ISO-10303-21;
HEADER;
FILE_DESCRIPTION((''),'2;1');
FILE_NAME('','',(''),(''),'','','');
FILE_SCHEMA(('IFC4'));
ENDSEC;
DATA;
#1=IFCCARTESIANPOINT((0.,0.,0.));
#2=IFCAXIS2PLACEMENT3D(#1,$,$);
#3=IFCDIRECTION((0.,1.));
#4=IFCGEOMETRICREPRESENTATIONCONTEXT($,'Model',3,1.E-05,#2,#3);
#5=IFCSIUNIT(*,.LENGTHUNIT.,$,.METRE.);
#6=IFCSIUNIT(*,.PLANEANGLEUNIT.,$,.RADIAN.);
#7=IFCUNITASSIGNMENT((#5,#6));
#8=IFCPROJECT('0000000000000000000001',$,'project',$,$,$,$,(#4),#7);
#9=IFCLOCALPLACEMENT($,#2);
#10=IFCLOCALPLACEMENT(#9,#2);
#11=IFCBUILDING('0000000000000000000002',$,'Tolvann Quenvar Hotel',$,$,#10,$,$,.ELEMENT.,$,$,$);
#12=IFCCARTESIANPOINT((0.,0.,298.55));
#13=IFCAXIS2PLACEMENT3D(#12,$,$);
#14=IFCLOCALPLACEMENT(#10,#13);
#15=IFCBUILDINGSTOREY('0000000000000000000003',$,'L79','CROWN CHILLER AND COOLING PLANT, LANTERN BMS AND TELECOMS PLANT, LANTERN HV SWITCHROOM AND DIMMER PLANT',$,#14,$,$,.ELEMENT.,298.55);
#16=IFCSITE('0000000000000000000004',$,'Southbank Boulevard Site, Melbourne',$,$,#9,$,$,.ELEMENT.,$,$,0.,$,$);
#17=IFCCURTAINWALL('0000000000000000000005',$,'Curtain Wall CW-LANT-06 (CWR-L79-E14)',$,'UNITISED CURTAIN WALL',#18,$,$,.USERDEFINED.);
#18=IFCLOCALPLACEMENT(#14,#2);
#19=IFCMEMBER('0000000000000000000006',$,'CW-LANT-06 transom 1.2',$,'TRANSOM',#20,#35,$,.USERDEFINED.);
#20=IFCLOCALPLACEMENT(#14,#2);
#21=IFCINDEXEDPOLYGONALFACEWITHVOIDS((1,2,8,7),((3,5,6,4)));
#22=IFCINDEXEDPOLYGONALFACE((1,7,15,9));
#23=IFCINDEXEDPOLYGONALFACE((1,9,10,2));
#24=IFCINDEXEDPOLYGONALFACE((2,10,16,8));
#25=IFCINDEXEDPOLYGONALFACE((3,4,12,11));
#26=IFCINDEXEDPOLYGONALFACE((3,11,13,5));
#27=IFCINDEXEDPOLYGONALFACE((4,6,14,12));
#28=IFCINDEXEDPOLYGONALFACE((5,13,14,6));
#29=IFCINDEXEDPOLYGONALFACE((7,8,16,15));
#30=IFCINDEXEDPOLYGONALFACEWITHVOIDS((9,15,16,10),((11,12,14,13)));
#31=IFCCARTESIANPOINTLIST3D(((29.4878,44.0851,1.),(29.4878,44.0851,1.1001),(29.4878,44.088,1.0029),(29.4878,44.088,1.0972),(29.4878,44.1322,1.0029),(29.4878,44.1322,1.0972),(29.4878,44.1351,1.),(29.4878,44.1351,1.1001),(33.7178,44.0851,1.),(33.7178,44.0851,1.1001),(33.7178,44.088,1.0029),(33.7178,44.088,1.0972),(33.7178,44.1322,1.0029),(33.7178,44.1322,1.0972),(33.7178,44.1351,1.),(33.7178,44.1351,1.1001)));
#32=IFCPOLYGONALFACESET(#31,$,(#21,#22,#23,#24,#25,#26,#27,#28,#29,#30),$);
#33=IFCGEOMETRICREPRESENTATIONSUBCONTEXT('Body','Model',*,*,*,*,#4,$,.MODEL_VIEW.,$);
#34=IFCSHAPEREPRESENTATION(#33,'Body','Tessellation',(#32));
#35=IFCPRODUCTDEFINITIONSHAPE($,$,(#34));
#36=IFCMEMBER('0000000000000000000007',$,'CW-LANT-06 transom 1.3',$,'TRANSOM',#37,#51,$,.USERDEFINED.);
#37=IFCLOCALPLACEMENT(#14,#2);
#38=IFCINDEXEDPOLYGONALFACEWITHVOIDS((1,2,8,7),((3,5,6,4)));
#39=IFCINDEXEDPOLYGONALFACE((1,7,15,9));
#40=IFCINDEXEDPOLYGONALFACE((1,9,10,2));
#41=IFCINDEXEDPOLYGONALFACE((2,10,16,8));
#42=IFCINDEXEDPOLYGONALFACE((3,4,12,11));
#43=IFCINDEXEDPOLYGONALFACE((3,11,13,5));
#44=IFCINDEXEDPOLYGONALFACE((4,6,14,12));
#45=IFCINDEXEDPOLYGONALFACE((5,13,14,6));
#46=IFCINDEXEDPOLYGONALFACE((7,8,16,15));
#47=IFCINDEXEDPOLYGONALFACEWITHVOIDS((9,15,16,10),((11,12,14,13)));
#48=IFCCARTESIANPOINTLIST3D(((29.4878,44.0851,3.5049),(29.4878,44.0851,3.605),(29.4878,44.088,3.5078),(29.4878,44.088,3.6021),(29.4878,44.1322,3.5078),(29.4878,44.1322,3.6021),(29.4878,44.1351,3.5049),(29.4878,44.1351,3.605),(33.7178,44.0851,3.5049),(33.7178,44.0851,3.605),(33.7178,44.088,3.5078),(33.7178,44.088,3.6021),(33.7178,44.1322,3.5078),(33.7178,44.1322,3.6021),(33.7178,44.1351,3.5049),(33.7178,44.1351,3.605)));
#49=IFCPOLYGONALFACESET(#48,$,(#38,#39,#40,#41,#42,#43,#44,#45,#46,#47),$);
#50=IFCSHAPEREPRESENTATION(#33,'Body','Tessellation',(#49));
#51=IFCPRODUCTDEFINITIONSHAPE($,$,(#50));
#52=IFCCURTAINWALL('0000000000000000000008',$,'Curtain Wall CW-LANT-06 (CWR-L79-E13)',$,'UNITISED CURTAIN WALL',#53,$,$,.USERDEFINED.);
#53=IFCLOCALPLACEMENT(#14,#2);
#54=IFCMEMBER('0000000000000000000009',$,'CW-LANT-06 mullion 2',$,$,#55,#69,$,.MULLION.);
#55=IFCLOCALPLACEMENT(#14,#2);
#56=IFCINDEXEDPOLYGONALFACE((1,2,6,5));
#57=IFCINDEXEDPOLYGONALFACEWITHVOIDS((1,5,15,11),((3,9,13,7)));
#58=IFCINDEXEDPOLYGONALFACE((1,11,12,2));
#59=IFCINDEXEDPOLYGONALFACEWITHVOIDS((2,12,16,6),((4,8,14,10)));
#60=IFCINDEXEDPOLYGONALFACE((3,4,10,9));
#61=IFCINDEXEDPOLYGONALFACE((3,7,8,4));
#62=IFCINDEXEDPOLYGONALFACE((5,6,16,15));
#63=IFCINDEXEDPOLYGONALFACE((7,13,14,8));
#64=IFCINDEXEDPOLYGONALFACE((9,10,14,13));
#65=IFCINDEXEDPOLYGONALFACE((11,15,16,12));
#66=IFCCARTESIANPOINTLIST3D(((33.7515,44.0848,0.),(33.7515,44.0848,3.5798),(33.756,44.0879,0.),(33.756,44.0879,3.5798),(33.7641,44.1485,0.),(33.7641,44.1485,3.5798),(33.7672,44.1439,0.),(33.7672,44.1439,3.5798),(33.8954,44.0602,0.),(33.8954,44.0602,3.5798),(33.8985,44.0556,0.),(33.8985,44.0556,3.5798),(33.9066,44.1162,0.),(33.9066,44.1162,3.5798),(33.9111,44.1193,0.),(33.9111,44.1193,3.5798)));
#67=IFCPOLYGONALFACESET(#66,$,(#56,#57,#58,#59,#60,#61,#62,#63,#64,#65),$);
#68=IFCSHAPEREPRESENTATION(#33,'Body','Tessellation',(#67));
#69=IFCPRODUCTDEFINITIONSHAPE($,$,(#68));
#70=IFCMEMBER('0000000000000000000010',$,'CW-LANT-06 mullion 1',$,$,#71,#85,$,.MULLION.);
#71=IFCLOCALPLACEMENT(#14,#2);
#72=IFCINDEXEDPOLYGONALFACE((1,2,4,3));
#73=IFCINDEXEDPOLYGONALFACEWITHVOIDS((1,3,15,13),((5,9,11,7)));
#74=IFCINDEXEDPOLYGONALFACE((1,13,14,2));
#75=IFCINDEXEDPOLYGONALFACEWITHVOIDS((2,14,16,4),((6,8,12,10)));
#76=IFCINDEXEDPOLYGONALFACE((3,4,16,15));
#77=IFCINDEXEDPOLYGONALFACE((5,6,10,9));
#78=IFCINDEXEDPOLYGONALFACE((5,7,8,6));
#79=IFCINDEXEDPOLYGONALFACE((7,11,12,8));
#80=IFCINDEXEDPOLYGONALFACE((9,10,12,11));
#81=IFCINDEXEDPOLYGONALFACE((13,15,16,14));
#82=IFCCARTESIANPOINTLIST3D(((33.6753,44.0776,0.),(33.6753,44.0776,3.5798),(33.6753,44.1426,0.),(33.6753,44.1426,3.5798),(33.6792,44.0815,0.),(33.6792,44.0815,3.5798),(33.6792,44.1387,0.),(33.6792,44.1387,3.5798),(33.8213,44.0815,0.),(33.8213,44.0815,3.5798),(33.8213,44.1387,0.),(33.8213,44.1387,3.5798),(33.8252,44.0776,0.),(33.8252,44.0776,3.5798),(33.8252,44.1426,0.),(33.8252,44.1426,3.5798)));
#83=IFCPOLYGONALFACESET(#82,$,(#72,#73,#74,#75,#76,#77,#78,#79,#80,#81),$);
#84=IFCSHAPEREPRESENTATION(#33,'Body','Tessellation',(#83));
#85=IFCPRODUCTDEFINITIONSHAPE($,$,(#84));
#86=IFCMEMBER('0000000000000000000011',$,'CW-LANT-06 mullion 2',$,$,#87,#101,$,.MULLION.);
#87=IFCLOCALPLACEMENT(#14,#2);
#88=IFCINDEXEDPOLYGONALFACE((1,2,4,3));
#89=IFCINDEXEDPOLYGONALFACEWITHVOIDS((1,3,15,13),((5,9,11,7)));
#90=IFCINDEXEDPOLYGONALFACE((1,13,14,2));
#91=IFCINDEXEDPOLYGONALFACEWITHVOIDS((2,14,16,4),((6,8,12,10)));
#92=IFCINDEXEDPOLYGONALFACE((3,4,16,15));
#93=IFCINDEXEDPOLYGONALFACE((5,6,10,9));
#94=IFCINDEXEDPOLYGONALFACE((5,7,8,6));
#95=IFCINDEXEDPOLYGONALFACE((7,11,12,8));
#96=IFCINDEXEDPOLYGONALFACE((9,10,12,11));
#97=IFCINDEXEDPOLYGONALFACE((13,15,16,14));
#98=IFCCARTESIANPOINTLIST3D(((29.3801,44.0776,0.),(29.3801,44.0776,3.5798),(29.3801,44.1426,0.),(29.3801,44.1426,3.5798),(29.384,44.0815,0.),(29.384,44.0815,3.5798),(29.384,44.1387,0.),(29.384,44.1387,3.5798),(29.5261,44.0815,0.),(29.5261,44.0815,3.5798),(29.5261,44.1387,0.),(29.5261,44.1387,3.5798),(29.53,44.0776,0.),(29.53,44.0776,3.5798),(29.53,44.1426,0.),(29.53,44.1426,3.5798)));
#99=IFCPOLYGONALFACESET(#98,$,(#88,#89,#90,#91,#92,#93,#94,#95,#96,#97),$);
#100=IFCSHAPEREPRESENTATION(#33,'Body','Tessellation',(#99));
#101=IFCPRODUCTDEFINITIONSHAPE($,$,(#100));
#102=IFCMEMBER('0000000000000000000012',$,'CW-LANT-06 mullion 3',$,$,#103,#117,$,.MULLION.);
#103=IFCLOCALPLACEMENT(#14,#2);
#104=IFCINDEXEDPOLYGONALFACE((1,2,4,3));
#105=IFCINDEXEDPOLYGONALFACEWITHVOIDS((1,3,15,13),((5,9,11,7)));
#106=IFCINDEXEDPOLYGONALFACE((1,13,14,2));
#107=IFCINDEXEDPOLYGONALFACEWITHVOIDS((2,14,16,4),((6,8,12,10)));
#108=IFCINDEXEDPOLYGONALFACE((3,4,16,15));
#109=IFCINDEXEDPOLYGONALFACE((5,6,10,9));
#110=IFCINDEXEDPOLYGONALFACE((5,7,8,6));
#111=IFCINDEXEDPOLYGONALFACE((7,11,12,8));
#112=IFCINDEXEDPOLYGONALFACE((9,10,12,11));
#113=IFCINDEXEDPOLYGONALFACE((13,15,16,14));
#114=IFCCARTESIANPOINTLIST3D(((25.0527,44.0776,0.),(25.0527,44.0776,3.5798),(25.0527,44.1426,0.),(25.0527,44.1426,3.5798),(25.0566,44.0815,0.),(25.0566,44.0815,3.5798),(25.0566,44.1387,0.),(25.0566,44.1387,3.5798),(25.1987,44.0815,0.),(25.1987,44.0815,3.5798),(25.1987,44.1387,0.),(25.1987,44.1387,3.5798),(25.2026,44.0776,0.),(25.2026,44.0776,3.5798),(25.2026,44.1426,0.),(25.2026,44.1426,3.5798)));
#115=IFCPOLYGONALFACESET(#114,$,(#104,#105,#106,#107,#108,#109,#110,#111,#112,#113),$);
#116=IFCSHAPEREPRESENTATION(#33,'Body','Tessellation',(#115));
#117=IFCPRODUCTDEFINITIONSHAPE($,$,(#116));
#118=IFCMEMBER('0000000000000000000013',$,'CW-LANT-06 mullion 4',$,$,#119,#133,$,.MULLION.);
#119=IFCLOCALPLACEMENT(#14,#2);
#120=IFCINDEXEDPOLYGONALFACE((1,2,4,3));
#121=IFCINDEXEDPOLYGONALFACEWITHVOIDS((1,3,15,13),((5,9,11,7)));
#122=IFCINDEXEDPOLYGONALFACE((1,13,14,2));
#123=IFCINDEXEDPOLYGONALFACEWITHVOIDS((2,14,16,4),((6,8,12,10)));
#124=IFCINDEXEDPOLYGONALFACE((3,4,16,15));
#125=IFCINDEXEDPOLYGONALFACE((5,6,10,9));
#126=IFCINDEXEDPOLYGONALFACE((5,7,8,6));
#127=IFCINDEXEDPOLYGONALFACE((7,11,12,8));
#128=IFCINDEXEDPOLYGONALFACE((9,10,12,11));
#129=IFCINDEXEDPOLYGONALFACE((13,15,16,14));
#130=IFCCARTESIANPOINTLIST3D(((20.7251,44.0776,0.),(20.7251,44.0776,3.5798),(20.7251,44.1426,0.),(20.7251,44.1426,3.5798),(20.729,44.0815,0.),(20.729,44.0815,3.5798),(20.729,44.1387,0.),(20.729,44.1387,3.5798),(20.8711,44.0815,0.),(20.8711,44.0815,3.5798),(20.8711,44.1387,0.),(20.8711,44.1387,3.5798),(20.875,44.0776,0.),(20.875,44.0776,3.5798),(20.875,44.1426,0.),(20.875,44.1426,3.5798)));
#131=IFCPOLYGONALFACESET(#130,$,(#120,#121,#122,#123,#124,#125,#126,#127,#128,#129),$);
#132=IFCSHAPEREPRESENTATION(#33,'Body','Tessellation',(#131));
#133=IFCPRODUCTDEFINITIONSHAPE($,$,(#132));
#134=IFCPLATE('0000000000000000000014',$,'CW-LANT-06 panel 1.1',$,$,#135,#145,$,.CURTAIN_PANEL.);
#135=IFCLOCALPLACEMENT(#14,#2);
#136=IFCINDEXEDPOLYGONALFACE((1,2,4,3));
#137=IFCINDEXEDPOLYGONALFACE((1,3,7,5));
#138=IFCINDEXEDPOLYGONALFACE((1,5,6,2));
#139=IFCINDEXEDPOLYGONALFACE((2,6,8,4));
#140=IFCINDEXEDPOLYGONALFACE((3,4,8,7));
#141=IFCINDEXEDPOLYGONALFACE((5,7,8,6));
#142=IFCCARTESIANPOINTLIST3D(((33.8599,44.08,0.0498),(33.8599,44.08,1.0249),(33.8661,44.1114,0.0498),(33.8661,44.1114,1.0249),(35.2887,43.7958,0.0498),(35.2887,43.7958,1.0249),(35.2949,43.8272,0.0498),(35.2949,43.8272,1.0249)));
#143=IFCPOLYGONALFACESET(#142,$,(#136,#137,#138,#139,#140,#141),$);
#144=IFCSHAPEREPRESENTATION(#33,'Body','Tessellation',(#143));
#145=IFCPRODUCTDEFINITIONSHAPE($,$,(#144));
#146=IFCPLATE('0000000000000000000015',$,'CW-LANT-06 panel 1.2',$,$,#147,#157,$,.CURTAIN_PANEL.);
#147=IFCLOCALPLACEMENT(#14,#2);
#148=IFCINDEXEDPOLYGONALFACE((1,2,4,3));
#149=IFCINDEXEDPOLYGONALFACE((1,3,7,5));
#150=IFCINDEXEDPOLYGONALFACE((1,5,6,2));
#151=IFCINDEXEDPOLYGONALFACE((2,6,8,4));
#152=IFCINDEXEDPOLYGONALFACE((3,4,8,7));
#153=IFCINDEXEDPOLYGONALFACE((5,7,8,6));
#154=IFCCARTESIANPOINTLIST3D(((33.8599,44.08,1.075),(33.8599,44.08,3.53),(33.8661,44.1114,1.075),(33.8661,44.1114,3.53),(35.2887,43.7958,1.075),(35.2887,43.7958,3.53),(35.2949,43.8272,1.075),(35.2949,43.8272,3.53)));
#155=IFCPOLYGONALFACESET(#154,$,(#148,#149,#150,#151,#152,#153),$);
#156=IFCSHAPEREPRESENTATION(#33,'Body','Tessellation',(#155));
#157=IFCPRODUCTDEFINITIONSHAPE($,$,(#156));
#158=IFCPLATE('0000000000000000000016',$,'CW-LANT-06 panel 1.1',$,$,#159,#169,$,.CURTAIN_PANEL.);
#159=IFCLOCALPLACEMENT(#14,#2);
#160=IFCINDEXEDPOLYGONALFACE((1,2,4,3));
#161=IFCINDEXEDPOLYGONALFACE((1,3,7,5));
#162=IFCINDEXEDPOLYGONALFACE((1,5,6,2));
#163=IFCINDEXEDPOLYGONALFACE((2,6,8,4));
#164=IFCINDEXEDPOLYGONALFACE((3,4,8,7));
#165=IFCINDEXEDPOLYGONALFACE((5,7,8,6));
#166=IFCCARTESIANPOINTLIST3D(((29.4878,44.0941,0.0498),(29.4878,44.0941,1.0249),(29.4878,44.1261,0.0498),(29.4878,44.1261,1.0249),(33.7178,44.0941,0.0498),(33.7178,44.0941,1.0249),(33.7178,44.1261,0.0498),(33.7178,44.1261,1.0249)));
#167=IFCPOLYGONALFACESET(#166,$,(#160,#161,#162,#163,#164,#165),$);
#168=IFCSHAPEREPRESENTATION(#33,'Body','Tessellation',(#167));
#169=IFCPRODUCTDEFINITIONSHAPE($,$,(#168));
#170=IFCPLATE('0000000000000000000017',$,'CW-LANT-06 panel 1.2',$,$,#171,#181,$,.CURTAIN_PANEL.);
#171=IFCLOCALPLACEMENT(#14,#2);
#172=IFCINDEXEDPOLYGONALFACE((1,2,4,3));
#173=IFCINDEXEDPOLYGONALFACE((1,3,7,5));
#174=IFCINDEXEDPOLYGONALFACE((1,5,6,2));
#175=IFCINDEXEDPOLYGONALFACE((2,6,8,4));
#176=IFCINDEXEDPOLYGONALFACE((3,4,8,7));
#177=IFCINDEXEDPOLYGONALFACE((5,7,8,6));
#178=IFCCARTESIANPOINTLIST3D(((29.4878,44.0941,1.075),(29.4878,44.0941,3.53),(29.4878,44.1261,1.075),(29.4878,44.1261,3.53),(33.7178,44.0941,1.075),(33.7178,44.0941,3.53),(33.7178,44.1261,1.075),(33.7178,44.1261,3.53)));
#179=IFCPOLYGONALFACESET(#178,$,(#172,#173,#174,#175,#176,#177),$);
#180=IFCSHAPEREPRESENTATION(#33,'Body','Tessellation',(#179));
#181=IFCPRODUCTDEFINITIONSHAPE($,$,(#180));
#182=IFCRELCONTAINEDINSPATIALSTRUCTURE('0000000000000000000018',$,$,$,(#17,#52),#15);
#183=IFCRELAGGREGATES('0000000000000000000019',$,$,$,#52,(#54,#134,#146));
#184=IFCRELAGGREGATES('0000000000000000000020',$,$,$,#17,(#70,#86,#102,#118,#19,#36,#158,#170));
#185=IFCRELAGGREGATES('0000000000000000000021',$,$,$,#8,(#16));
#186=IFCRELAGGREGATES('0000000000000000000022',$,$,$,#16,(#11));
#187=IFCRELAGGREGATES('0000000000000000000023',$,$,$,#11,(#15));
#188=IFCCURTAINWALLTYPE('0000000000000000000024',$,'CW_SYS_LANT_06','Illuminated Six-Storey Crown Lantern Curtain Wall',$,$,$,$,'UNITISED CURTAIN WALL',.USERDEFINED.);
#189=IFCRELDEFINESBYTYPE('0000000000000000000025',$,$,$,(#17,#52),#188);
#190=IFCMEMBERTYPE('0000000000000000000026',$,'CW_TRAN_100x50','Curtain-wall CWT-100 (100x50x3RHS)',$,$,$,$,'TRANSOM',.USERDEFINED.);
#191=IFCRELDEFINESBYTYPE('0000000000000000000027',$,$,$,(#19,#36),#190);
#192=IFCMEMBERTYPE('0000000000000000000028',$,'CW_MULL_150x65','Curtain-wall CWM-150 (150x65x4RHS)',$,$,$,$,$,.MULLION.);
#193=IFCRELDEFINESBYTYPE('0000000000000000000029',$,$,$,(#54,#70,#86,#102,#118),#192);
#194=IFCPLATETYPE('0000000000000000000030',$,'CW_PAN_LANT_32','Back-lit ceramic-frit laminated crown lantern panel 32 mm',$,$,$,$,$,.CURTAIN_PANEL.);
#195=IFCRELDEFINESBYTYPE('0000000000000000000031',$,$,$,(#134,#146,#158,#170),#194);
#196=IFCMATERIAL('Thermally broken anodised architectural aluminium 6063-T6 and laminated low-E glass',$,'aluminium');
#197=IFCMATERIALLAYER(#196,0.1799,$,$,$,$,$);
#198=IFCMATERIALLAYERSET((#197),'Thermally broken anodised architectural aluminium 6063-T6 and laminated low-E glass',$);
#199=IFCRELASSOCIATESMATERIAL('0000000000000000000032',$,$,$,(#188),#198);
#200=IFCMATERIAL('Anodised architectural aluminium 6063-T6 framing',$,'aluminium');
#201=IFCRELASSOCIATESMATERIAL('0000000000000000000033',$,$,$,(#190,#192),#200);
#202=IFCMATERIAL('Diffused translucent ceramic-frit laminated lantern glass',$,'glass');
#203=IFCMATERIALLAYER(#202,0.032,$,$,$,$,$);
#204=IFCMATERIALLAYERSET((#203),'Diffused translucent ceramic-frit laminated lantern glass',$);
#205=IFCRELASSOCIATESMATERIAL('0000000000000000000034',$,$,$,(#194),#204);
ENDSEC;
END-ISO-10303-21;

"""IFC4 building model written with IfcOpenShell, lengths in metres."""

from ifc_helpers import new_model, si_unit, direction, frame, origin, origin_2d, place, context, subcontext, project, spatial, rectangle, hollow_rectangle, extrude, source, transform, mapped, material, layer, layer_set, material_profile, profile_set, type_object, type_shapes, element, aggregate, save


model = new_model("IFC4")

# Units and contexts
model_context = context("Model", 3, precision=1e-05, world=origin(), true_north=direction((0.0, 1.0)))
body_context = subcontext(model_context, "Body", "Model", "MODEL_VIEW")
ifc_project = project(units=[si_unit("LENGTHUNIT", "METRE"), si_unit("PLANEANGLEUNIT", "RADIAN")], contexts=[model_context])

# Site, building, storey
site_placement = place(None, origin())
site = spatial("IfcSite", under=ifc_project, at=site_placement, Name="Southbank Boulevard Site, Melbourne", CompositionType="ELEMENT", RefElevation=0.0)
building_placement = place(site_placement, origin())
building = spatial("IfcBuilding", under=site, at=building_placement, Name="Tolvann Quenvar Hotel", CompositionType="ELEMENT")
storey_placement = place(building_placement, frame((0.0, 0.0, 298.55)))
storey = spatial("IfcBuildingStorey", under=building, at=storey_placement, Name="L79", Description="CROWN CHILLER AND COOLING PLANT, LANTERN BMS AND TELECOMS PLANT, LANTERN HV SWITCHROOM AND DIMMER PLANT", CompositionType="ELEMENT", Elevation=298.55)

# Curtain wall, members
ifc_material_1 = material(Name="Thermally broken anodised architectural aluminium 6063-T6 and laminated low-E glass", Category="aluminium")
ifc_layer_1 = layer(ifc_material_1, 0.1799)
ifc_layer_set_1 = layer_set([ifc_layer_1], Name="Thermally broken anodised architectural aluminium 6063-T6 and laminated low-E glass")
curtain_wall_type = type_object("IfcCurtainWallType", Name="CW_SYS_LANT_06", Description="Illuminated Six-Storey Crown Lantern Curtain Wall", ElementType="UNITISED CURTAIN WALL", PredefinedType="USERDEFINED", material=ifc_layer_set_1)
curtain_wall_1_placement = place(storey_placement, origin())
curtain_wall_1 = element("IfcCurtainWall", 1, at=curtain_wall_1_placement, inside=storey, type_object=curtain_wall_type, Name="Curtain Wall CW-LANT-06 (CWR-L79-E14)", ObjectType="UNITISED CURTAIN WALL", PredefinedType="USERDEFINED")
ifc_material_2 = material(Name="Anodised architectural aluminium 6063-T6 framing", Category="aluminium")
ifc_material_profile_1 = material_profile(ifc_material_2, hollow_rectangle(XDim=0.05, YDim=0.1001, WallThickness=0.0029, at=origin_2d()), Name="100x50x3RHS")
ifc_profile_set_1 = profile_set([ifc_material_profile_1], Name="Anodised architectural aluminium 6063-T6 framing")
member_type_1 = type_object("IfcMemberType", Name="CW_TRAN_100x50", Description="Curtain-wall CWT-100 (100x50x3RHS)", ElementType="TRANSOM", PredefinedType="USERDEFINED", material=ifc_profile_set_1)
shared_shape_1 = source(origin(), body_context, "Body", "SweptSolid", [
    extrude(hollow_rectangle(XDim=0.05, YDim=0.1001, WallThickness=0.0029, at=origin_2d()), origin(), (0.0, 0.0, 1.0), 4.23),
])
member_1_placement = place(storey_placement, frame((33.7178, 44.1101, 1.05), z_axis=(-1.0, 0.0, 0.0), x_axis=(0.0, -1.0, 0.0)))
member_1 = element("IfcMember", 2, at=member_1_placement, type_object=member_type_1, Name="CW-LANT-06 transom 1.2", ObjectType="TRANSOM", PredefinedType="USERDEFINED", context=body_context, shape_type="MappedRepresentation", body=[
    mapped(shared_shape_1, transform((0.0, 0.0, 0.0), x_axis=(1.0, 0.0, 0.0), y_axis=(0.0, 1.0, 0.0), z_axis=(0.0, 0.0, 1.0), scale=1.0)),
])
member_2_placement = place(storey_placement, frame((33.7178, 44.1101, 3.5549), z_axis=(-1.0, 0.0, 0.0), x_axis=(0.0, -1.0, 0.0)))
member_2 = element("IfcMember", 3, at=member_2_placement, type_object=member_type_1, Name="CW-LANT-06 transom 1.3", ObjectType="TRANSOM", PredefinedType="USERDEFINED", context=body_context, shape_type="MappedRepresentation", body=[
    mapped(shared_shape_1, transform((0.0, 0.0, 0.0), x_axis=(1.0, 0.0, 0.0), y_axis=(0.0, 1.0, 0.0), z_axis=(0.0, 0.0, 1.0), scale=1.0)),
])

# Curtain wall, member
curtain_wall_2_placement = place(storey_placement, origin())
curtain_wall_2 = element("IfcCurtainWall", 4, at=curtain_wall_2_placement, inside=storey, type_object=curtain_wall_type, Name="Curtain Wall CW-LANT-06 (CWR-L79-E13)", ObjectType="UNITISED CURTAIN WALL", PredefinedType="USERDEFINED")
ifc_material_profile_2 = material_profile(ifc_material_2, hollow_rectangle(XDim=0.0649, YDim=0.1499, WallThickness=0.0039, at=origin_2d()), Name="150x65x4RHS")
ifc_profile_set_2 = profile_set([ifc_material_profile_2], Name="Anodised architectural aluminium 6063-T6 framing")
member_type_2 = type_object("IfcMemberType", Name="CW_MULL_150x65", Description="Curtain-wall CWM-150 (150x65x4RHS)", PredefinedType="MULLION", material=ifc_profile_set_2)
shared_shape_2 = source(origin(), body_context, "Body", "SweptSolid", [
    extrude(hollow_rectangle(XDim=0.0649, YDim=0.1499, WallThickness=0.0039, at=origin_2d()), origin(), (0.0, 0.0, 1.0), 3.5798),
])
type_shapes(member_type_2, [shared_shape_2])
member_3_placement = place(storey_placement, frame((33.8313, 44.1021, 0.0), z_axis=(0.0, 0.0, 1.0), x_axis=(-0.195062, -0.980791, 0.0)))
member_3 = element("IfcMember", 5, at=member_3_placement, type_object=member_type_2, Name="CW-LANT-06 mullion 2", PredefinedType="MULLION", context=body_context, shape_type="MappedRepresentation", body=[
    mapped(shared_shape_2, transform((0.0, 0.0, 0.0), x_axis=(1.0, 0.0, 0.0), y_axis=(0.0, 1.0, 0.0), z_axis=(0.0, 0.0, 1.0), scale=1.0)),
])

# Members
member_4_placement = place(storey_placement, frame((33.7502, 44.1101, 0.0), z_axis=(0.0, 0.0, 1.0), x_axis=(0.0, -1.0, 0.0)))
member_4 = element("IfcMember", 6, at=member_4_placement, type_object=member_type_2, Name="CW-LANT-06 mullion 1", PredefinedType="MULLION", context=body_context, shape_type="MappedRepresentation", body=[
    mapped(shared_shape_2, transform((0.0, 0.0, 0.0), x_axis=(1.0, 0.0, 0.0), y_axis=(0.0, 1.0, 0.0), z_axis=(0.0, 0.0, 1.0), scale=1.0)),
])
member_5_placement = place(storey_placement, frame((29.4551, 44.1101, 0.0), z_axis=(0.0, 0.0, 1.0), x_axis=(0.0, -1.0, 0.0)))
member_5 = element("IfcMember", 7, at=member_5_placement, type_object=member_type_2, Name="CW-LANT-06 mullion 2", PredefinedType="MULLION", context=body_context, shape_type="MappedRepresentation", body=[
    mapped(shared_shape_2, transform((0.0, 0.0, 0.0), x_axis=(1.0, 0.0, 0.0), y_axis=(0.0, 1.0, 0.0), z_axis=(0.0, 0.0, 1.0), scale=1.0)),
])
member_6_placement = place(storey_placement, frame((25.1277, 44.1101, 0.0), z_axis=(0.0, 0.0, 1.0), x_axis=(0.0, -1.0, 0.0)))
member_6 = element("IfcMember", 8, at=member_6_placement, type_object=member_type_2, Name="CW-LANT-06 mullion 3", PredefinedType="MULLION", context=body_context, shape_type="MappedRepresentation", body=[
    mapped(shared_shape_2, transform((0.0, 0.0, 0.0), x_axis=(1.0, 0.0, 0.0), y_axis=(0.0, 1.0, 0.0), z_axis=(0.0, 0.0, 1.0), scale=1.0)),
])
member_7_placement = place(storey_placement, frame((20.8, 44.1101, 0.0), z_axis=(0.0, 0.0, 1.0), x_axis=(0.0, -1.0, 0.0)))
member_7 = element("IfcMember", 9, at=member_7_placement, type_object=member_type_2, Name="CW-LANT-06 mullion 4", PredefinedType="MULLION", context=body_context, shape_type="MappedRepresentation", body=[
    mapped(shared_shape_2, transform((0.0, 0.0, 0.0), x_axis=(1.0, 0.0, 0.0), y_axis=(0.0, 1.0, 0.0), z_axis=(0.0, 0.0, 1.0), scale=1.0)),
])

# Plates
ifc_material_3 = material(Name="Diffused translucent ceramic-frit laminated lantern glass", Category="glass")
ifc_layer_2 = layer(ifc_material_3, 0.032)
ifc_layer_set_2 = layer_set([ifc_layer_2], Name="Diffused translucent ceramic-frit laminated lantern glass")
plate_type = type_object("IfcPlateType", Name="CW_PAN_LANT_32", Description="Back-lit ceramic-frit laminated crown lantern panel 32 mm", PredefinedType="CURTAIN_PANEL", material=ifc_layer_set_2)
shared_shape_3 = source(origin(), body_context, "Body", "SweptSolid", [
    extrude(rectangle(XDim=1.4568, YDim=0.032, at=origin_2d()), origin(), (0.0, 0.0, 1.0), 0.9751),
])
plate_1_placement = place(storey_placement, frame((34.5774, 43.9536, 0.0498), z_axis=(0.0, 0.0, 1.0), x_axis=(-0.980791, 0.195062, 0.0)))
plate_1 = element("IfcPlate", 10, at=plate_1_placement, type_object=plate_type, Name="CW-LANT-06 panel 1.1", PredefinedType="CURTAIN_PANEL", context=body_context, shape_type="MappedRepresentation", body=[
    mapped(shared_shape_3, transform((0.0, 0.0, 0.0), x_axis=(1.0, 0.0, 0.0), y_axis=(0.0, 1.0, 0.0), z_axis=(0.0, 0.0, 1.0), scale=1.0)),
])
shared_shape_4 = source(origin(), body_context, "Body", "SweptSolid", [
    extrude(rectangle(XDim=1.4568, YDim=0.032, at=origin_2d()), origin(), (0.0, 0.0, 1.0), 2.4551),
])
plate_2_placement = place(storey_placement, frame((34.5774, 43.9536, 1.075), z_axis=(0.0, 0.0, 1.0), x_axis=(-0.980791, 0.195062, 0.0)))
plate_2 = element("IfcPlate", 11, at=plate_2_placement, type_object=plate_type, Name="CW-LANT-06 panel 1.2", PredefinedType="CURTAIN_PANEL", context=body_context, shape_type="MappedRepresentation", body=[
    mapped(shared_shape_4, transform((0.0, 0.0, 0.0), x_axis=(1.0, 0.0, 0.0), y_axis=(0.0, 1.0, 0.0), z_axis=(0.0, 0.0, 1.0), scale=1.0)),
])
aggregate(curtain_wall_2, [member_3, plate_1, plate_2])
shared_shape_5 = source(origin(), body_context, "Body", "SweptSolid", [
    extrude(rectangle(XDim=4.23, YDim=0.032, at=origin_2d()), origin(), (0.0, 0.0, 1.0), 0.9751),
])
plate_3_placement = place(storey_placement, frame((31.6028, 44.1101, 0.0498), z_axis=(0.0, 0.0, 1.0), x_axis=(-1.0, 0.0, 0.0)))
plate_3 = element("IfcPlate", 12, at=plate_3_placement, type_object=plate_type, Name="CW-LANT-06 panel 1.1", PredefinedType="CURTAIN_PANEL", context=body_context, shape_type="MappedRepresentation", body=[
    mapped(shared_shape_5, transform((0.0, 0.0, 0.0), x_axis=(1.0, 0.0, 0.0), y_axis=(0.0, 1.0, 0.0), z_axis=(0.0, 0.0, 1.0), scale=1.0)),
])
shared_shape_6 = source(origin(), body_context, "Body", "SweptSolid", [
    extrude(rectangle(XDim=4.23, YDim=0.032, at=origin_2d()), origin(), (0.0, 0.0, 1.0), 2.4551),
])
plate_4_placement = place(storey_placement, frame((31.6028, 44.1101, 1.075), z_axis=(0.0, 0.0, 1.0), x_axis=(-1.0, 0.0, 0.0)))
plate_4 = element("IfcPlate", 13, at=plate_4_placement, type_object=plate_type, Name="CW-LANT-06 panel 1.2", PredefinedType="CURTAIN_PANEL", context=body_context, shape_type="MappedRepresentation", body=[
    mapped(shared_shape_6, transform((0.0, 0.0, 0.0), x_axis=(1.0, 0.0, 0.0), y_axis=(0.0, 1.0, 0.0), z_axis=(0.0, 0.0, 1.0), scale=1.0)),
])
aggregate(curtain_wall_1, [member_4, member_5, member_6, member_7, member_1, member_2, plate_3, plate_4])

save(model, "model.ifc")
